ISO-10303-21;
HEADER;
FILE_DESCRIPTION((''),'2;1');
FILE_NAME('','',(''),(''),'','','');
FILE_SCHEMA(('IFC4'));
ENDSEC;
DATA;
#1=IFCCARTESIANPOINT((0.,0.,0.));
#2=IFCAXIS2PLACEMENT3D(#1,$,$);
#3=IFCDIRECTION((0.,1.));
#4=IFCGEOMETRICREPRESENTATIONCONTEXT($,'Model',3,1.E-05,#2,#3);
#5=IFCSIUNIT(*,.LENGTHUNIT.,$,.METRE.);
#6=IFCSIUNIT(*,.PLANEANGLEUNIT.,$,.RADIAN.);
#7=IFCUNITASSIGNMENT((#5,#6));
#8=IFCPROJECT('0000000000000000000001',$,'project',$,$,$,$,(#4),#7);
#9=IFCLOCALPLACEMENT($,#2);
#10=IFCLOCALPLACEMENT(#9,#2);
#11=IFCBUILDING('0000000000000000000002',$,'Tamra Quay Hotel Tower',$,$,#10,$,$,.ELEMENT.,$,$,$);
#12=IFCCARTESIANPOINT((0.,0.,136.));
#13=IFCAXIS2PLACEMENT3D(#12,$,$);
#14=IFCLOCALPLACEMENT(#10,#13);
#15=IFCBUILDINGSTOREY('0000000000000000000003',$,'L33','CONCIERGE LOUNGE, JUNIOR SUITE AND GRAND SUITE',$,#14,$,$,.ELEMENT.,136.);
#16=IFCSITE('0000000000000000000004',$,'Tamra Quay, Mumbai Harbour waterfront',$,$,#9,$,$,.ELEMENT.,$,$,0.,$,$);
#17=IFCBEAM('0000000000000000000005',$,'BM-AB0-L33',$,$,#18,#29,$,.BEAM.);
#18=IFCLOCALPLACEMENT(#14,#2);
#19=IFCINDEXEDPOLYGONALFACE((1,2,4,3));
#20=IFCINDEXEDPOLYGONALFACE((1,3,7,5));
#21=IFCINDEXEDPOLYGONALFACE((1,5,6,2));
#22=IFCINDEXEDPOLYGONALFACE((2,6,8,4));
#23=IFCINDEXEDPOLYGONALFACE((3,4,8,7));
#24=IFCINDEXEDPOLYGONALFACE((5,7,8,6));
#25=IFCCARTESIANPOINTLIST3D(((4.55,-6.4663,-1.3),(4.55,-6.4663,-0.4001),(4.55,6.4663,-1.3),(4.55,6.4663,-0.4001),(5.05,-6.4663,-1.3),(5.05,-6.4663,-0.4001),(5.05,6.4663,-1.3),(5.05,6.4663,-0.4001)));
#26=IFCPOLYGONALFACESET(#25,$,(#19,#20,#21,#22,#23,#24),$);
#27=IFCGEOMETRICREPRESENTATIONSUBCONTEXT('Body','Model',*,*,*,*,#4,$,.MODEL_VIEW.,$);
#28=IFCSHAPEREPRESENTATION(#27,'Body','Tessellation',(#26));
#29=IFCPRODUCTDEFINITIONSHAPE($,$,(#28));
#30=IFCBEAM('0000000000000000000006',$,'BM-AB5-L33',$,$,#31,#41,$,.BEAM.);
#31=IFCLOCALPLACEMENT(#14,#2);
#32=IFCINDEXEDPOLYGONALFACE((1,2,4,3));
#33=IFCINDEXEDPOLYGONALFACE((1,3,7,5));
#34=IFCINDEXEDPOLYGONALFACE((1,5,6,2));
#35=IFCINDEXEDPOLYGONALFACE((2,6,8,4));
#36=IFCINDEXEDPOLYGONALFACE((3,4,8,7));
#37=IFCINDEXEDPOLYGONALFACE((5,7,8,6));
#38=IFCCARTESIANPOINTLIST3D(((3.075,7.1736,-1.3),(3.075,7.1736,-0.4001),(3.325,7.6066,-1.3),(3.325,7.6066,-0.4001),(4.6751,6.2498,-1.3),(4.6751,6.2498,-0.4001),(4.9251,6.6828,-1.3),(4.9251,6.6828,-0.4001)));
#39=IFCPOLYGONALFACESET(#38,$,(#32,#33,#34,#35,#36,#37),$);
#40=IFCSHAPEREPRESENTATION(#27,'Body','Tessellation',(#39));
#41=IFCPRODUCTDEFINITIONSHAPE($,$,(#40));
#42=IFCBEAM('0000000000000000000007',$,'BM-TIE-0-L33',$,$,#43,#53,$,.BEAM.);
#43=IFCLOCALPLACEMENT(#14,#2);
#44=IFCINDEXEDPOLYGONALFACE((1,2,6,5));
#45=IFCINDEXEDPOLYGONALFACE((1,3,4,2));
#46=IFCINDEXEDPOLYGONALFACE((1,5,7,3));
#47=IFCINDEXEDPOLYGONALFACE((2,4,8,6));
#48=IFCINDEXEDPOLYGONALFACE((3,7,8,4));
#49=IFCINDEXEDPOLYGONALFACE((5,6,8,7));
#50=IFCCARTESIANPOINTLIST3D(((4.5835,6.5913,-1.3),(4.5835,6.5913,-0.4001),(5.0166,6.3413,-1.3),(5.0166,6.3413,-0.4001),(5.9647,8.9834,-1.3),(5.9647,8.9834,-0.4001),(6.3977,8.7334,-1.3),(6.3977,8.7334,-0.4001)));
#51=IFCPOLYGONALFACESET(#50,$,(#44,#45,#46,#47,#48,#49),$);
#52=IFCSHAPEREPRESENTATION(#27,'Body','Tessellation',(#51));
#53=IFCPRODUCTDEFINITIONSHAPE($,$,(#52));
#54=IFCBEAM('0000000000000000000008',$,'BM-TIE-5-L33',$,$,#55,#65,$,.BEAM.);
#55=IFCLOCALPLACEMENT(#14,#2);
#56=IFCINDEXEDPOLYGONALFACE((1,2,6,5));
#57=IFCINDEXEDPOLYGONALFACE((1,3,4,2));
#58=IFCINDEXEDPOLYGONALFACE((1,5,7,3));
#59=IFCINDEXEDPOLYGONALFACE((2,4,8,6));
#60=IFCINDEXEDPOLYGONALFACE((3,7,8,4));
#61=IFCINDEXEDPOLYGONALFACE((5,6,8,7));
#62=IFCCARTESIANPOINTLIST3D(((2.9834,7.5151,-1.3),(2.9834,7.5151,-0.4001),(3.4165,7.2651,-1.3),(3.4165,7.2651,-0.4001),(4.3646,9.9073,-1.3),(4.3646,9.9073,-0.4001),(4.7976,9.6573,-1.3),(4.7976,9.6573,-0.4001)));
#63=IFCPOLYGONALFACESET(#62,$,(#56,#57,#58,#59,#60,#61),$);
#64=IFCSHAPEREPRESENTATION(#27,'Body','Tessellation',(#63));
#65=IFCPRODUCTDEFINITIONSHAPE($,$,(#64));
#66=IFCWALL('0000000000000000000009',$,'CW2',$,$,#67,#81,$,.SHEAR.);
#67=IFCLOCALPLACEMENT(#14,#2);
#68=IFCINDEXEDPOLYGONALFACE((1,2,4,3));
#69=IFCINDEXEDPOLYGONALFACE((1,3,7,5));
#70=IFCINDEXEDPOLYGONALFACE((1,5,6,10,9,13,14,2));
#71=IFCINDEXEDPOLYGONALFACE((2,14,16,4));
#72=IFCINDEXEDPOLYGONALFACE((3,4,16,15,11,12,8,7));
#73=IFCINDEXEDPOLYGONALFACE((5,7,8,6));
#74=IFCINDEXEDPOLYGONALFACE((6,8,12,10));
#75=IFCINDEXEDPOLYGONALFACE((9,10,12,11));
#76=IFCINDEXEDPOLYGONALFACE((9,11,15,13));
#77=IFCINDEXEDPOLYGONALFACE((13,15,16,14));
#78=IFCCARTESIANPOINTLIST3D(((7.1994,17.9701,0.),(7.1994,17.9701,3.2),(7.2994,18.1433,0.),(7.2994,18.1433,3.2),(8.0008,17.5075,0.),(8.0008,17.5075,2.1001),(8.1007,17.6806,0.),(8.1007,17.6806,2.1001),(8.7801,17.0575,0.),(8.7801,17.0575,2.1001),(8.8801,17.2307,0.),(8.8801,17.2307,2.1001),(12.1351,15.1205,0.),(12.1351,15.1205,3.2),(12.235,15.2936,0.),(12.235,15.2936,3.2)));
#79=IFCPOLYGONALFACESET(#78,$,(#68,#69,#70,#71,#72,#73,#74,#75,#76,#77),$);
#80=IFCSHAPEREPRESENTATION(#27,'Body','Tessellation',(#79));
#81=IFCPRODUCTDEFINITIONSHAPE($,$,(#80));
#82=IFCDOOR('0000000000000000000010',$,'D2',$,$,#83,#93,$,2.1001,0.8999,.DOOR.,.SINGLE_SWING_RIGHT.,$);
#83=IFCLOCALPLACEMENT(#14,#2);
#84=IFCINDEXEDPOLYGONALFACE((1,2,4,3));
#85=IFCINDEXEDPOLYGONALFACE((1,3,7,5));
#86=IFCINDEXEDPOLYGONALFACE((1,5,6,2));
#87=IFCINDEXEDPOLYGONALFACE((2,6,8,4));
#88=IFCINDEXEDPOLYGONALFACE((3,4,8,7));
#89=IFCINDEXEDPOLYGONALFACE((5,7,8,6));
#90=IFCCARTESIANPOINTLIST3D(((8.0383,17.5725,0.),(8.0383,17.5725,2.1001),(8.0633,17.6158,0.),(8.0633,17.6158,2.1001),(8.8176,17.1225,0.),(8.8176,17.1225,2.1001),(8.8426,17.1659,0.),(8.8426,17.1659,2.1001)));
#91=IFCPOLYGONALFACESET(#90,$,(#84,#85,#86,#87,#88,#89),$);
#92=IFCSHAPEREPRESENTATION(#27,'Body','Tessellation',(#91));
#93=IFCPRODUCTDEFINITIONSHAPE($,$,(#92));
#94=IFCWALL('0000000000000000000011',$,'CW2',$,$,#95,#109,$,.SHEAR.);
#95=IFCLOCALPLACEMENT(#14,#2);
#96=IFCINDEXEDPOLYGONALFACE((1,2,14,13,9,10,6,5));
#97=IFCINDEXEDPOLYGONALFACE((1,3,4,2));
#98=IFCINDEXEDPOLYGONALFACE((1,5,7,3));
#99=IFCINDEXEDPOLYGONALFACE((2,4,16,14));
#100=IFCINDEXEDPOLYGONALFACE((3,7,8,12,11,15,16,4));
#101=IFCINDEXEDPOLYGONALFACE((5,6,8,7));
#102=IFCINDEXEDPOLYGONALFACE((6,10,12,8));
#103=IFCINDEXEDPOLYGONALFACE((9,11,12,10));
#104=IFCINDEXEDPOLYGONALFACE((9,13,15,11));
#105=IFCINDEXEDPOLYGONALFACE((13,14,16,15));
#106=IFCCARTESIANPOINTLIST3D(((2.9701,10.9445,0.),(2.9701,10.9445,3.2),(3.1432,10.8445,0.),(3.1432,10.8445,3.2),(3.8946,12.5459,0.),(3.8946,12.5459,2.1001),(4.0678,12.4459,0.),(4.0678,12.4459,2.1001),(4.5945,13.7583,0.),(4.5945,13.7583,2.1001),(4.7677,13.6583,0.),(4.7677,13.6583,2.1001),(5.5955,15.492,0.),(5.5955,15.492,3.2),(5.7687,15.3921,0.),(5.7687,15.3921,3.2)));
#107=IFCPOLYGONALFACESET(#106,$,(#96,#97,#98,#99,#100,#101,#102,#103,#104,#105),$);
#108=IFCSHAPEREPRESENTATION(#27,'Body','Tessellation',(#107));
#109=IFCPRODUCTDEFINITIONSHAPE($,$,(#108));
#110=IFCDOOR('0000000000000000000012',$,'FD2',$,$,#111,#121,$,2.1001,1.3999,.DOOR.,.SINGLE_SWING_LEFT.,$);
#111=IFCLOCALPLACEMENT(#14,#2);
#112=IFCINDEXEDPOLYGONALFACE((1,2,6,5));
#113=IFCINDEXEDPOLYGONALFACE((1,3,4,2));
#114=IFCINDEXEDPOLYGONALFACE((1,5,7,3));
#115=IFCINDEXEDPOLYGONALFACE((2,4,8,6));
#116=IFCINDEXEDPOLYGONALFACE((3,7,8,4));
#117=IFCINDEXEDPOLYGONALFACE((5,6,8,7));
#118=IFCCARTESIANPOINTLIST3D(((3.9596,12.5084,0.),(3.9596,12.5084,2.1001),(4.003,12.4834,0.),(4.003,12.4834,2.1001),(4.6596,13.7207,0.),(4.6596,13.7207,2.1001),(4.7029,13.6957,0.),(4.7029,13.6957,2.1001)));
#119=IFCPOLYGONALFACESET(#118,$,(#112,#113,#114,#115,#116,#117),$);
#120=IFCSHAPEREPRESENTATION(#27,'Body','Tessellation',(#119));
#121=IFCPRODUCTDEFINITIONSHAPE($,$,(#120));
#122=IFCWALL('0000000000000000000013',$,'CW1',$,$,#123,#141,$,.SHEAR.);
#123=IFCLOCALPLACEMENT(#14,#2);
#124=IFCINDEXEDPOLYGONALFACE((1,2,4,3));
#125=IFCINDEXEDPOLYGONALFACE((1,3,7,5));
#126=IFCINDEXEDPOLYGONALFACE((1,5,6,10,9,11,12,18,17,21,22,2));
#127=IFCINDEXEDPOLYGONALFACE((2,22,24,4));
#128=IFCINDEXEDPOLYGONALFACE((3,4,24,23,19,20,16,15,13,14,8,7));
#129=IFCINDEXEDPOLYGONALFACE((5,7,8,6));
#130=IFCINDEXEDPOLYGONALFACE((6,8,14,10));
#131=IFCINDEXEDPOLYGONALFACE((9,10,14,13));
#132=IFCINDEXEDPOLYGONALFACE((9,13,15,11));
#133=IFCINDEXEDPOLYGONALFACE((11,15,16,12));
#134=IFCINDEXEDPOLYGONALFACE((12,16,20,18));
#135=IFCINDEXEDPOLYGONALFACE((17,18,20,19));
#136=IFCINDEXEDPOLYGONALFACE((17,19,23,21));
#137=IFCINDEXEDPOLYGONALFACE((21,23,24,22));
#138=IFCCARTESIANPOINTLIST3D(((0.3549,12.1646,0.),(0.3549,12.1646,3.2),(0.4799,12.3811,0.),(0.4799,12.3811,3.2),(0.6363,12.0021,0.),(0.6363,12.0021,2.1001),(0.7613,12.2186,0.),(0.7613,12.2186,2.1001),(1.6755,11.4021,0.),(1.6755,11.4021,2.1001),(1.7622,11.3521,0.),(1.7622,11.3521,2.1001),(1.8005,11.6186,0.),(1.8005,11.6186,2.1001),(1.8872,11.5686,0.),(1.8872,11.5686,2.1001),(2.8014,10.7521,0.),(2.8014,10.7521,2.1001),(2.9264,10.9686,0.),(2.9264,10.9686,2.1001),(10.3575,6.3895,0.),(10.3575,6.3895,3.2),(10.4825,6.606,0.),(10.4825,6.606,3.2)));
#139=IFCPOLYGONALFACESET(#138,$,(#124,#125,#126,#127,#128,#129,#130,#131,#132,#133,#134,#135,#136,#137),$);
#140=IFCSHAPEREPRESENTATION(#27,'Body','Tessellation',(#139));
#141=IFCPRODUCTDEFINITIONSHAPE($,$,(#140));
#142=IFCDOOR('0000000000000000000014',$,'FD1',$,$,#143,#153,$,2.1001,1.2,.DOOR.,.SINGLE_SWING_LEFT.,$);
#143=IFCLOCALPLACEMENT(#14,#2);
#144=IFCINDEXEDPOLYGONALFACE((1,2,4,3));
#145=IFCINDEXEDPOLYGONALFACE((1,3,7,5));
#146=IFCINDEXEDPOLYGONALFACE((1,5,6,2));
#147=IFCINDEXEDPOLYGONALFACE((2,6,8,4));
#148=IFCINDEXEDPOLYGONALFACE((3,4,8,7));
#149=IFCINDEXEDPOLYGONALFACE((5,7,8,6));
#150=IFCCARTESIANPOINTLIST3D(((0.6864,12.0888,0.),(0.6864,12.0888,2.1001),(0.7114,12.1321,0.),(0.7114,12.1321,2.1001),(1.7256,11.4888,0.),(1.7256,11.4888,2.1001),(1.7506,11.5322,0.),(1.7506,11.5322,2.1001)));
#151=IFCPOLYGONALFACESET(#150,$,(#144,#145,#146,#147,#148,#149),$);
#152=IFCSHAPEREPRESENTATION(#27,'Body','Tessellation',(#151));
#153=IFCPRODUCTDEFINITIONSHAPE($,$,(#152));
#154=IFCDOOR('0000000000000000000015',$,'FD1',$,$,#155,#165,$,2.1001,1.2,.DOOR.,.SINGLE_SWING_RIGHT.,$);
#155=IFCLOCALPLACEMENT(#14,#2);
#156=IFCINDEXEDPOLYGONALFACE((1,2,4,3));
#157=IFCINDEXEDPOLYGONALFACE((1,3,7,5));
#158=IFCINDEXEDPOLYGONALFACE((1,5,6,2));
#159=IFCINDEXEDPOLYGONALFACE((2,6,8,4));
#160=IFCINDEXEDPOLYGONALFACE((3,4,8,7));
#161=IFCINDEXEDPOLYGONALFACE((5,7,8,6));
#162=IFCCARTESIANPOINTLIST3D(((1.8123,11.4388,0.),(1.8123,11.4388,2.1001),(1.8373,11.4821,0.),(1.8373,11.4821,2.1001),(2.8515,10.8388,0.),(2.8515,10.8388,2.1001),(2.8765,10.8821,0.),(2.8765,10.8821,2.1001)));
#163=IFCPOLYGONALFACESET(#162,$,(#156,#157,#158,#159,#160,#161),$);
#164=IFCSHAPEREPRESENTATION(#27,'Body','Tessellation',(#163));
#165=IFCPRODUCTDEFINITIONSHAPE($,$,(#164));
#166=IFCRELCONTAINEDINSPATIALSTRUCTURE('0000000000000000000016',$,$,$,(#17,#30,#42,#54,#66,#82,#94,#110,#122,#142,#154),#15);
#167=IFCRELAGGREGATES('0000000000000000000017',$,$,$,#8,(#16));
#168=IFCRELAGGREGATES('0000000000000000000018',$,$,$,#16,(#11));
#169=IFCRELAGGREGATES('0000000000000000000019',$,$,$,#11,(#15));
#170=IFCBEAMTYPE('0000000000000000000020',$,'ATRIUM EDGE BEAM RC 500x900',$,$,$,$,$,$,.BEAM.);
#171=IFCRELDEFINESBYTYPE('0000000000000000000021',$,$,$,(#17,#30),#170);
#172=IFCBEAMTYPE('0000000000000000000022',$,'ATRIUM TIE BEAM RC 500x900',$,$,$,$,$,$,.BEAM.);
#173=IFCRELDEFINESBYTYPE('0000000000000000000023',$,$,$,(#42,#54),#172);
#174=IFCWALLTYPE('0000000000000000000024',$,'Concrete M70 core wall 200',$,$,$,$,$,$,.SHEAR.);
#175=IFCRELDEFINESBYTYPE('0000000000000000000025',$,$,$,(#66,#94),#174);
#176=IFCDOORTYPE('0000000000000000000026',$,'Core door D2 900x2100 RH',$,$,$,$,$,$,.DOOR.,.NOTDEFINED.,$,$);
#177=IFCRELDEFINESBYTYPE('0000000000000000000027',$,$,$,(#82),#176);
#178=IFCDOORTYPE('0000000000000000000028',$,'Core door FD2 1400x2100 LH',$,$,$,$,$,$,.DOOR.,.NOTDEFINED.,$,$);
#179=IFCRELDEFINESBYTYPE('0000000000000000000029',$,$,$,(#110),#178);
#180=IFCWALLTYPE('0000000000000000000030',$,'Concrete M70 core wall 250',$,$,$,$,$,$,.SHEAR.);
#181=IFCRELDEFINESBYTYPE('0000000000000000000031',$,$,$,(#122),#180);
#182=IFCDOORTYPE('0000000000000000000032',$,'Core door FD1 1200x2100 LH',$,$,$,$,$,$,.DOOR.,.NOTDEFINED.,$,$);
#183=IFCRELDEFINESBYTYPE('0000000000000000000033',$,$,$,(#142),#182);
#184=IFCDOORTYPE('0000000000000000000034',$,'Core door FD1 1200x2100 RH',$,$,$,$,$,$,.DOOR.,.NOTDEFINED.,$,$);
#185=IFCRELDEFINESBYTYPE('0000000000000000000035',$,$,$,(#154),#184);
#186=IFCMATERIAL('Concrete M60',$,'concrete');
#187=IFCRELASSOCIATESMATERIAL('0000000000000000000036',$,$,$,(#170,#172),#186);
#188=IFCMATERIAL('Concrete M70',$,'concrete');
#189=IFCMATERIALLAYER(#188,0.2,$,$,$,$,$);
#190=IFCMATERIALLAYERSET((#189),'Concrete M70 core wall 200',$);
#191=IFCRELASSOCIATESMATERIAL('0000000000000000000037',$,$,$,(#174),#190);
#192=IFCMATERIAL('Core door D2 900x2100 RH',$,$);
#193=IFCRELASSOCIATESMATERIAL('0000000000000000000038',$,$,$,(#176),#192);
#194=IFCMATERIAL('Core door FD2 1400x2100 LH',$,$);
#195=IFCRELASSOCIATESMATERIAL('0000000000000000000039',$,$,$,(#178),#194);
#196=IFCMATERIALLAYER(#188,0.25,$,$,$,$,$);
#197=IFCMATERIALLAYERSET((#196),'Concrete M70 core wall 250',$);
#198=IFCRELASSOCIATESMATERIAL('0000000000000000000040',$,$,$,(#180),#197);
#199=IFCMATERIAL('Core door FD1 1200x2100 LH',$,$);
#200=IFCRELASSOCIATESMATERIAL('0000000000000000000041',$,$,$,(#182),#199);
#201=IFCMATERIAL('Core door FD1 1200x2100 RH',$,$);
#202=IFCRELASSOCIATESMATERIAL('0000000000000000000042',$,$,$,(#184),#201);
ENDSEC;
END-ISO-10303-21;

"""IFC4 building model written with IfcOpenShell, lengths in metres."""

from ifc_helpers import new_model, si_unit, direction, frame, frame_2d, origin, origin_2d, place, context, subcontext, project, spatial, rectangle, extrude, material, layer, layer_set, material_profile, profile_set, type_object, element, fill, save


model = new_model("IFC4")

# Units and contexts
model_context = context("Model", 3, precision=1e-05, world=origin(), true_north=direction((0.0, 1.0)))
body_context = subcontext(model_context, "Body", "Model", "MODEL_VIEW")
ifc_project = project(units=[si_unit("LENGTHUNIT", "METRE"), si_unit("PLANEANGLEUNIT", "RADIAN")], contexts=[model_context])

# Site, building, storey
site_placement = place(None, origin())
site = spatial("IfcSite", under=ifc_project, at=site_placement, Name="Tamra Quay, Mumbai Harbour waterfront", CompositionType="ELEMENT", RefElevation=0.0)
building_placement = place(site_placement, origin())
building = spatial("IfcBuilding", under=site, at=building_placement, Name="Tamra Quay Hotel Tower", CompositionType="ELEMENT")
storey_placement = place(building_placement, frame((0.0, 0.0, 136.0)))
storey = spatial("IfcBuildingStorey", under=building, at=storey_placement, Name="L33", Description="CONCIERGE LOUNGE, JUNIOR SUITE AND GRAND SUITE", CompositionType="ELEMENT", Elevation=136.0)

# Beams
ifc_material_1 = material(Name="Concrete M60", Category="concrete")
ifc_material_profile_1 = material_profile(ifc_material_1, rectangle(XDim=0.5, YDim=0.8999, at=origin_2d()), Name="ATRIUM EDGE BEAM RC 500x900")
ifc_profile_set_1 = profile_set([ifc_material_profile_1], Name="Concrete M60")
beam_type_1 = type_object("IfcBeamType", Name="ATRIUM EDGE BEAM RC 500x900", PredefinedType="BEAM", material=ifc_profile_set_1)
beam_1_placement = place(storey_placement, frame((4.8, 6.4663, -0.8501), z_axis=(0.0, -1.0, 0.0), x_axis=(1.0, 0.0, 0.0)))
element("IfcBeam", 1, at=beam_1_placement, inside=storey, type_object=beam_type_1, Name="BM-AB0-L33", PredefinedType="BEAM", context=body_context, shape_type="SweptSolid", body=[
    extrude(rectangle(XDim=0.5, YDim=0.8999, at=origin_2d()), origin(), (0.0, 0.0, 1.0), 12.9326),
])
beam_2_placement = place(storey_placement, frame((3.2, 7.3901, -0.8501), z_axis=(0.866023, -0.500005, 0.0), x_axis=(0.500005, 0.866023, 0.0)))
element("IfcBeam", 2, at=beam_2_placement, inside=storey, type_object=beam_type_1, Name="BM-AB5-L33", PredefinedType="BEAM", context=body_context, shape_type="SweptSolid", body=[
    extrude(rectangle(XDim=0.5, YDim=0.8999, at=origin_2d()), origin(), (0.0, 0.0, 1.0), 1.8477),
])
ifc_material_profile_2 = material_profile(ifc_material_1, rectangle(XDim=0.5, YDim=0.8999, at=origin_2d()), Name="ATRIUM TIE BEAM RC 500x900")
ifc_profile_set_2 = profile_set([ifc_material_profile_2], Name="Concrete M60")
beam_type_2 = type_object("IfcBeamType", Name="ATRIUM TIE BEAM RC 500x900", PredefinedType="BEAM", material=ifc_profile_set_2)
for number, where, z_axis, x_axis, name in (
    (3, (4.8, 6.4663, -0.8501), (0.500008, 0.866021, 0.0), (-0.866021, 0.500008, 0.0), "BM-TIE-0-L33"),
    (4, (3.2, 7.3901, -0.8501), (0.500008, 0.866021, 0.0), (-0.866021, 0.500008, 0.0), "BM-TIE-5-L33"),
):
    element("IfcBeam", number, at=place(storey_placement, frame(where, z_axis=z_axis, x_axis=x_axis)), inside=storey, type_object=beam_type_2, Name=name, PredefinedType="BEAM", context=body_context, shape_type="SweptSolid", body=[
        extrude(rectangle(XDim=0.5, YDim=0.8999, at=origin_2d()), origin(), (0.0, 0.0, 1.0), 2.7622),
    ])

# Walls, openings, doors
ifc_material_2 = material(Name="Concrete M70", Category="concrete")
ifc_layer_1 = layer(ifc_material_2, 0.2)
ifc_layer_set_1 = layer_set([ifc_layer_1], Name="Concrete M70 core wall 200")
wall_type_1 = type_object("IfcWallType", Name="Concrete M70 core wall 200", PredefinedType="SHEAR", material=ifc_layer_set_1)
wall_1_placement = place(storey_placement, frame((12.1851, 15.207, 0.0), z_axis=(0.0, 0.0, 1.0), x_axis=(-0.86602, 0.500009, 0.0)))
wall_1 = element("IfcWall", 5, at=wall_1_placement, inside=storey, type_object=wall_type_1, Name="CW2", PredefinedType="SHEAR", context=body_context, shape_type="SweptSolid", body=[
    extrude(rectangle(XDim=5.6992, YDim=0.2, at=frame_2d((2.8496, 0.0))), origin(), (0.0, 0.0, 1.0), 3.2),
])
opening_1_placement = place(wall_1_placement, frame((3.874, 0.0, 0.0)))
opening_1 = element("IfcOpeningElement", 6, at=opening_1_placement, cuts=wall_1, PredefinedType="OPENING", context=body_context, shape_type="SweptSolid", body=[
    extrude(rectangle(XDim=0.8999, YDim=2.1001, at=frame_2d((0.45, 1.05))), frame((0.0, 0.1099, 0.0), z_axis=(0.0, -1.0, 0.0), x_axis=(1.0, 0.0, 0.0)), (0.0, 0.0, 1.0), 0.22),
])
ifc_material_3 = material(Name="Core door D2 900x2100 RH")
door_type_1 = type_object("IfcDoorType", Name="Core door D2 900x2100 RH", OperationType="NOTDEFINED", PredefinedType="DOOR", material=ifc_material_3)
door_1_placement = place(opening_1_placement, origin())
door_1 = element("IfcDoor", 7, at=door_1_placement, inside=storey, type_object=door_type_1, Name="D2", OperationType="SINGLE_SWING_RIGHT", OverallHeight=2.1001, OverallWidth=0.8999, PredefinedType="DOOR", context=body_context, shape_type="SweptSolid", body=[
    extrude(rectangle(XDim=0.8999, YDim=2.1001, at=frame_2d((0.45, 1.05))), frame((0.0, 0.0249, 0.0), z_axis=(0.0, -1.0, 0.0), x_axis=(1.0, 0.0, 0.0)), (0.0, 0.0, 1.0), 0.05),
])
fill(opening_1, door_1)
wall_2_placement = place(storey_placement, frame((3.0566, 10.8945, 0.0), z_axis=(0.0, 0.0, 1.0), x_axis=(0.499989, 0.866032, 0.0)))
wall_2 = element("IfcWall", 8, at=wall_2_placement, inside=storey, type_object=wall_type_1, Name="CW2", PredefinedType="SHEAR", context=body_context, shape_type="SweptSolid", body=[
    extrude(rectangle(XDim=5.251, YDim=0.2, at=frame_2d((2.6255, 0.0))), origin(), (0.0, 0.0, 1.0), 3.2),
])
opening_2_placement = place(wall_2_placement, frame((1.8491, 0.0, 0.0)))
opening_2 = element("IfcOpeningElement", 9, at=opening_2_placement, cuts=wall_2, PredefinedType="OPENING", context=body_context, shape_type="SweptSolid", body=[
    extrude(rectangle(XDim=1.3999, YDim=2.1001, at=frame_2d((0.7, 1.05))), frame((0.0, 0.1099, 0.0), z_axis=(0.0, -1.0, 0.0), x_axis=(1.0, 0.0, 0.0)), (0.0, 0.0, 1.0), 0.22),
])
ifc_material_4 = material(Name="Core door FD2 1400x2100 LH")
door_type_2 = type_object("IfcDoorType", Name="Core door FD2 1400x2100 LH", OperationType="NOTDEFINED", PredefinedType="DOOR", material=ifc_material_4)
door_2_placement = place(opening_2_placement, origin())
door_2 = element("IfcDoor", 10, at=door_2_placement, inside=storey, type_object=door_type_2, Name="FD2", OperationType="SINGLE_SWING_LEFT", OverallHeight=2.1001, OverallWidth=1.3999, PredefinedType="DOOR", context=body_context, shape_type="SweptSolid", body=[
    extrude(rectangle(XDim=1.3999, YDim=2.1001, at=frame_2d((0.7, 1.05))), frame((0.0, 0.0249, 0.0), z_axis=(0.0, -1.0, 0.0), x_axis=(1.0, 0.0, 0.0)), (0.0, 0.0, 1.0), 0.05),
])
fill(opening_2, door_2)

# Wall, openings, doors
ifc_layer_2 = layer(ifc_material_2, 0.25)
ifc_layer_set_2 = layer_set([ifc_layer_2], Name="Concrete M70 core wall 250")
wall_type_2 = type_object("IfcWallType", Name="Concrete M70 core wall 250", PredefinedType="SHEAR", material=ifc_layer_set_2)
wall_3_placement = place(storey_placement, frame((10.4199, 6.4978, 0.0), z_axis=(0.0, 0.0, 1.0), x_axis=(-0.866022, 0.500006, 0.0)))
wall_3 = element("IfcWall", 11, at=wall_3_placement, inside=storey, type_object=wall_type_2, Name="CW1", PredefinedType="SHEAR", context=body_context, shape_type="SweptSolid", body=[
    extrude(rectangle(XDim=11.55, YDim=0.25, at=frame_2d((5.7749, 0.0))), origin(), (0.0, 0.0, 1.0), 3.2),
])
opening_3_placement = place(wall_3_placement, frame((10.0249, 0.0, 0.0)))
opening_3 = element("IfcOpeningElement", 12, at=opening_3_placement, cuts=wall_3, PredefinedType="OPENING", context=body_context, shape_type="SweptSolid", body=[
    extrude(rectangle(XDim=1.2, YDim=2.1001, at=frame_2d((0.6001, 1.05))), frame((0.0, 0.135, 0.0), z_axis=(0.0, -1.0, 0.0), x_axis=(1.0, 0.0, 0.0)), (0.0, 0.0, 1.0), 0.27),
])
opening_4_placement = place(wall_3_placement, frame((8.7249, 0.0, 0.0)))
opening_4 = element("IfcOpeningElement", 13, at=opening_4_placement, cuts=wall_3, PredefinedType="OPENING", context=body_context, shape_type="SweptSolid", body=[
    extrude(rectangle(XDim=1.2, YDim=2.1001, at=frame_2d((0.6001, 1.05))), frame((0.0, 0.135, 0.0), z_axis=(0.0, -1.0, 0.0), x_axis=(1.0, 0.0, 0.0)), (0.0, 0.0, 1.0), 0.27),
])
ifc_material_5 = material(Name="Core door FD1 1200x2100 LH")
door_type_3 = type_object("IfcDoorType", Name="Core door FD1 1200x2100 LH", OperationType="NOTDEFINED", PredefinedType="DOOR", material=ifc_material_5)
door_3_placement = place(opening_3_placement, origin())
door_3 = element("IfcDoor", 14, at=door_3_placement, inside=storey, type_object=door_type_3, Name="FD1", OperationType="SINGLE_SWING_LEFT", OverallHeight=2.1001, OverallWidth=1.2, PredefinedType="DOOR", context=body_context, shape_type="SweptSolid", body=[
    extrude(rectangle(XDim=1.2, YDim=2.1001, at=frame_2d((0.6001, 1.05))), frame((0.0, 0.0249, 0.0), z_axis=(0.0, -1.0, 0.0), x_axis=(1.0, 0.0, 0.0)), (0.0, 0.0, 1.0), 0.05),
])
fill(opening_3, door_3)
ifc_material_6 = material(Name="Core door FD1 1200x2100 RH")
door_type_4 = type_object("IfcDoorType", Name="Core door FD1 1200x2100 RH", OperationType="NOTDEFINED", PredefinedType="DOOR", material=ifc_material_6)
door_4_placement = place(opening_4_placement, origin())
door_4 = element("IfcDoor", 15, at=door_4_placement, inside=storey, type_object=door_type_4, Name="FD1", OperationType="SINGLE_SWING_RIGHT", OverallHeight=2.1001, OverallWidth=1.2, PredefinedType="DOOR", context=body_context, shape_type="SweptSolid", body=[
    extrude(rectangle(XDim=1.2, YDim=2.1001, at=frame_2d((0.6001, 1.05))), frame((0.0, 0.0249, 0.0), z_axis=(0.0, -1.0, 0.0), x_axis=(1.0, 0.0, 0.0)), (0.0, 0.0, 1.0), 0.05),
])
fill(opening_4, door_4)

save(model, "model.ifc")
